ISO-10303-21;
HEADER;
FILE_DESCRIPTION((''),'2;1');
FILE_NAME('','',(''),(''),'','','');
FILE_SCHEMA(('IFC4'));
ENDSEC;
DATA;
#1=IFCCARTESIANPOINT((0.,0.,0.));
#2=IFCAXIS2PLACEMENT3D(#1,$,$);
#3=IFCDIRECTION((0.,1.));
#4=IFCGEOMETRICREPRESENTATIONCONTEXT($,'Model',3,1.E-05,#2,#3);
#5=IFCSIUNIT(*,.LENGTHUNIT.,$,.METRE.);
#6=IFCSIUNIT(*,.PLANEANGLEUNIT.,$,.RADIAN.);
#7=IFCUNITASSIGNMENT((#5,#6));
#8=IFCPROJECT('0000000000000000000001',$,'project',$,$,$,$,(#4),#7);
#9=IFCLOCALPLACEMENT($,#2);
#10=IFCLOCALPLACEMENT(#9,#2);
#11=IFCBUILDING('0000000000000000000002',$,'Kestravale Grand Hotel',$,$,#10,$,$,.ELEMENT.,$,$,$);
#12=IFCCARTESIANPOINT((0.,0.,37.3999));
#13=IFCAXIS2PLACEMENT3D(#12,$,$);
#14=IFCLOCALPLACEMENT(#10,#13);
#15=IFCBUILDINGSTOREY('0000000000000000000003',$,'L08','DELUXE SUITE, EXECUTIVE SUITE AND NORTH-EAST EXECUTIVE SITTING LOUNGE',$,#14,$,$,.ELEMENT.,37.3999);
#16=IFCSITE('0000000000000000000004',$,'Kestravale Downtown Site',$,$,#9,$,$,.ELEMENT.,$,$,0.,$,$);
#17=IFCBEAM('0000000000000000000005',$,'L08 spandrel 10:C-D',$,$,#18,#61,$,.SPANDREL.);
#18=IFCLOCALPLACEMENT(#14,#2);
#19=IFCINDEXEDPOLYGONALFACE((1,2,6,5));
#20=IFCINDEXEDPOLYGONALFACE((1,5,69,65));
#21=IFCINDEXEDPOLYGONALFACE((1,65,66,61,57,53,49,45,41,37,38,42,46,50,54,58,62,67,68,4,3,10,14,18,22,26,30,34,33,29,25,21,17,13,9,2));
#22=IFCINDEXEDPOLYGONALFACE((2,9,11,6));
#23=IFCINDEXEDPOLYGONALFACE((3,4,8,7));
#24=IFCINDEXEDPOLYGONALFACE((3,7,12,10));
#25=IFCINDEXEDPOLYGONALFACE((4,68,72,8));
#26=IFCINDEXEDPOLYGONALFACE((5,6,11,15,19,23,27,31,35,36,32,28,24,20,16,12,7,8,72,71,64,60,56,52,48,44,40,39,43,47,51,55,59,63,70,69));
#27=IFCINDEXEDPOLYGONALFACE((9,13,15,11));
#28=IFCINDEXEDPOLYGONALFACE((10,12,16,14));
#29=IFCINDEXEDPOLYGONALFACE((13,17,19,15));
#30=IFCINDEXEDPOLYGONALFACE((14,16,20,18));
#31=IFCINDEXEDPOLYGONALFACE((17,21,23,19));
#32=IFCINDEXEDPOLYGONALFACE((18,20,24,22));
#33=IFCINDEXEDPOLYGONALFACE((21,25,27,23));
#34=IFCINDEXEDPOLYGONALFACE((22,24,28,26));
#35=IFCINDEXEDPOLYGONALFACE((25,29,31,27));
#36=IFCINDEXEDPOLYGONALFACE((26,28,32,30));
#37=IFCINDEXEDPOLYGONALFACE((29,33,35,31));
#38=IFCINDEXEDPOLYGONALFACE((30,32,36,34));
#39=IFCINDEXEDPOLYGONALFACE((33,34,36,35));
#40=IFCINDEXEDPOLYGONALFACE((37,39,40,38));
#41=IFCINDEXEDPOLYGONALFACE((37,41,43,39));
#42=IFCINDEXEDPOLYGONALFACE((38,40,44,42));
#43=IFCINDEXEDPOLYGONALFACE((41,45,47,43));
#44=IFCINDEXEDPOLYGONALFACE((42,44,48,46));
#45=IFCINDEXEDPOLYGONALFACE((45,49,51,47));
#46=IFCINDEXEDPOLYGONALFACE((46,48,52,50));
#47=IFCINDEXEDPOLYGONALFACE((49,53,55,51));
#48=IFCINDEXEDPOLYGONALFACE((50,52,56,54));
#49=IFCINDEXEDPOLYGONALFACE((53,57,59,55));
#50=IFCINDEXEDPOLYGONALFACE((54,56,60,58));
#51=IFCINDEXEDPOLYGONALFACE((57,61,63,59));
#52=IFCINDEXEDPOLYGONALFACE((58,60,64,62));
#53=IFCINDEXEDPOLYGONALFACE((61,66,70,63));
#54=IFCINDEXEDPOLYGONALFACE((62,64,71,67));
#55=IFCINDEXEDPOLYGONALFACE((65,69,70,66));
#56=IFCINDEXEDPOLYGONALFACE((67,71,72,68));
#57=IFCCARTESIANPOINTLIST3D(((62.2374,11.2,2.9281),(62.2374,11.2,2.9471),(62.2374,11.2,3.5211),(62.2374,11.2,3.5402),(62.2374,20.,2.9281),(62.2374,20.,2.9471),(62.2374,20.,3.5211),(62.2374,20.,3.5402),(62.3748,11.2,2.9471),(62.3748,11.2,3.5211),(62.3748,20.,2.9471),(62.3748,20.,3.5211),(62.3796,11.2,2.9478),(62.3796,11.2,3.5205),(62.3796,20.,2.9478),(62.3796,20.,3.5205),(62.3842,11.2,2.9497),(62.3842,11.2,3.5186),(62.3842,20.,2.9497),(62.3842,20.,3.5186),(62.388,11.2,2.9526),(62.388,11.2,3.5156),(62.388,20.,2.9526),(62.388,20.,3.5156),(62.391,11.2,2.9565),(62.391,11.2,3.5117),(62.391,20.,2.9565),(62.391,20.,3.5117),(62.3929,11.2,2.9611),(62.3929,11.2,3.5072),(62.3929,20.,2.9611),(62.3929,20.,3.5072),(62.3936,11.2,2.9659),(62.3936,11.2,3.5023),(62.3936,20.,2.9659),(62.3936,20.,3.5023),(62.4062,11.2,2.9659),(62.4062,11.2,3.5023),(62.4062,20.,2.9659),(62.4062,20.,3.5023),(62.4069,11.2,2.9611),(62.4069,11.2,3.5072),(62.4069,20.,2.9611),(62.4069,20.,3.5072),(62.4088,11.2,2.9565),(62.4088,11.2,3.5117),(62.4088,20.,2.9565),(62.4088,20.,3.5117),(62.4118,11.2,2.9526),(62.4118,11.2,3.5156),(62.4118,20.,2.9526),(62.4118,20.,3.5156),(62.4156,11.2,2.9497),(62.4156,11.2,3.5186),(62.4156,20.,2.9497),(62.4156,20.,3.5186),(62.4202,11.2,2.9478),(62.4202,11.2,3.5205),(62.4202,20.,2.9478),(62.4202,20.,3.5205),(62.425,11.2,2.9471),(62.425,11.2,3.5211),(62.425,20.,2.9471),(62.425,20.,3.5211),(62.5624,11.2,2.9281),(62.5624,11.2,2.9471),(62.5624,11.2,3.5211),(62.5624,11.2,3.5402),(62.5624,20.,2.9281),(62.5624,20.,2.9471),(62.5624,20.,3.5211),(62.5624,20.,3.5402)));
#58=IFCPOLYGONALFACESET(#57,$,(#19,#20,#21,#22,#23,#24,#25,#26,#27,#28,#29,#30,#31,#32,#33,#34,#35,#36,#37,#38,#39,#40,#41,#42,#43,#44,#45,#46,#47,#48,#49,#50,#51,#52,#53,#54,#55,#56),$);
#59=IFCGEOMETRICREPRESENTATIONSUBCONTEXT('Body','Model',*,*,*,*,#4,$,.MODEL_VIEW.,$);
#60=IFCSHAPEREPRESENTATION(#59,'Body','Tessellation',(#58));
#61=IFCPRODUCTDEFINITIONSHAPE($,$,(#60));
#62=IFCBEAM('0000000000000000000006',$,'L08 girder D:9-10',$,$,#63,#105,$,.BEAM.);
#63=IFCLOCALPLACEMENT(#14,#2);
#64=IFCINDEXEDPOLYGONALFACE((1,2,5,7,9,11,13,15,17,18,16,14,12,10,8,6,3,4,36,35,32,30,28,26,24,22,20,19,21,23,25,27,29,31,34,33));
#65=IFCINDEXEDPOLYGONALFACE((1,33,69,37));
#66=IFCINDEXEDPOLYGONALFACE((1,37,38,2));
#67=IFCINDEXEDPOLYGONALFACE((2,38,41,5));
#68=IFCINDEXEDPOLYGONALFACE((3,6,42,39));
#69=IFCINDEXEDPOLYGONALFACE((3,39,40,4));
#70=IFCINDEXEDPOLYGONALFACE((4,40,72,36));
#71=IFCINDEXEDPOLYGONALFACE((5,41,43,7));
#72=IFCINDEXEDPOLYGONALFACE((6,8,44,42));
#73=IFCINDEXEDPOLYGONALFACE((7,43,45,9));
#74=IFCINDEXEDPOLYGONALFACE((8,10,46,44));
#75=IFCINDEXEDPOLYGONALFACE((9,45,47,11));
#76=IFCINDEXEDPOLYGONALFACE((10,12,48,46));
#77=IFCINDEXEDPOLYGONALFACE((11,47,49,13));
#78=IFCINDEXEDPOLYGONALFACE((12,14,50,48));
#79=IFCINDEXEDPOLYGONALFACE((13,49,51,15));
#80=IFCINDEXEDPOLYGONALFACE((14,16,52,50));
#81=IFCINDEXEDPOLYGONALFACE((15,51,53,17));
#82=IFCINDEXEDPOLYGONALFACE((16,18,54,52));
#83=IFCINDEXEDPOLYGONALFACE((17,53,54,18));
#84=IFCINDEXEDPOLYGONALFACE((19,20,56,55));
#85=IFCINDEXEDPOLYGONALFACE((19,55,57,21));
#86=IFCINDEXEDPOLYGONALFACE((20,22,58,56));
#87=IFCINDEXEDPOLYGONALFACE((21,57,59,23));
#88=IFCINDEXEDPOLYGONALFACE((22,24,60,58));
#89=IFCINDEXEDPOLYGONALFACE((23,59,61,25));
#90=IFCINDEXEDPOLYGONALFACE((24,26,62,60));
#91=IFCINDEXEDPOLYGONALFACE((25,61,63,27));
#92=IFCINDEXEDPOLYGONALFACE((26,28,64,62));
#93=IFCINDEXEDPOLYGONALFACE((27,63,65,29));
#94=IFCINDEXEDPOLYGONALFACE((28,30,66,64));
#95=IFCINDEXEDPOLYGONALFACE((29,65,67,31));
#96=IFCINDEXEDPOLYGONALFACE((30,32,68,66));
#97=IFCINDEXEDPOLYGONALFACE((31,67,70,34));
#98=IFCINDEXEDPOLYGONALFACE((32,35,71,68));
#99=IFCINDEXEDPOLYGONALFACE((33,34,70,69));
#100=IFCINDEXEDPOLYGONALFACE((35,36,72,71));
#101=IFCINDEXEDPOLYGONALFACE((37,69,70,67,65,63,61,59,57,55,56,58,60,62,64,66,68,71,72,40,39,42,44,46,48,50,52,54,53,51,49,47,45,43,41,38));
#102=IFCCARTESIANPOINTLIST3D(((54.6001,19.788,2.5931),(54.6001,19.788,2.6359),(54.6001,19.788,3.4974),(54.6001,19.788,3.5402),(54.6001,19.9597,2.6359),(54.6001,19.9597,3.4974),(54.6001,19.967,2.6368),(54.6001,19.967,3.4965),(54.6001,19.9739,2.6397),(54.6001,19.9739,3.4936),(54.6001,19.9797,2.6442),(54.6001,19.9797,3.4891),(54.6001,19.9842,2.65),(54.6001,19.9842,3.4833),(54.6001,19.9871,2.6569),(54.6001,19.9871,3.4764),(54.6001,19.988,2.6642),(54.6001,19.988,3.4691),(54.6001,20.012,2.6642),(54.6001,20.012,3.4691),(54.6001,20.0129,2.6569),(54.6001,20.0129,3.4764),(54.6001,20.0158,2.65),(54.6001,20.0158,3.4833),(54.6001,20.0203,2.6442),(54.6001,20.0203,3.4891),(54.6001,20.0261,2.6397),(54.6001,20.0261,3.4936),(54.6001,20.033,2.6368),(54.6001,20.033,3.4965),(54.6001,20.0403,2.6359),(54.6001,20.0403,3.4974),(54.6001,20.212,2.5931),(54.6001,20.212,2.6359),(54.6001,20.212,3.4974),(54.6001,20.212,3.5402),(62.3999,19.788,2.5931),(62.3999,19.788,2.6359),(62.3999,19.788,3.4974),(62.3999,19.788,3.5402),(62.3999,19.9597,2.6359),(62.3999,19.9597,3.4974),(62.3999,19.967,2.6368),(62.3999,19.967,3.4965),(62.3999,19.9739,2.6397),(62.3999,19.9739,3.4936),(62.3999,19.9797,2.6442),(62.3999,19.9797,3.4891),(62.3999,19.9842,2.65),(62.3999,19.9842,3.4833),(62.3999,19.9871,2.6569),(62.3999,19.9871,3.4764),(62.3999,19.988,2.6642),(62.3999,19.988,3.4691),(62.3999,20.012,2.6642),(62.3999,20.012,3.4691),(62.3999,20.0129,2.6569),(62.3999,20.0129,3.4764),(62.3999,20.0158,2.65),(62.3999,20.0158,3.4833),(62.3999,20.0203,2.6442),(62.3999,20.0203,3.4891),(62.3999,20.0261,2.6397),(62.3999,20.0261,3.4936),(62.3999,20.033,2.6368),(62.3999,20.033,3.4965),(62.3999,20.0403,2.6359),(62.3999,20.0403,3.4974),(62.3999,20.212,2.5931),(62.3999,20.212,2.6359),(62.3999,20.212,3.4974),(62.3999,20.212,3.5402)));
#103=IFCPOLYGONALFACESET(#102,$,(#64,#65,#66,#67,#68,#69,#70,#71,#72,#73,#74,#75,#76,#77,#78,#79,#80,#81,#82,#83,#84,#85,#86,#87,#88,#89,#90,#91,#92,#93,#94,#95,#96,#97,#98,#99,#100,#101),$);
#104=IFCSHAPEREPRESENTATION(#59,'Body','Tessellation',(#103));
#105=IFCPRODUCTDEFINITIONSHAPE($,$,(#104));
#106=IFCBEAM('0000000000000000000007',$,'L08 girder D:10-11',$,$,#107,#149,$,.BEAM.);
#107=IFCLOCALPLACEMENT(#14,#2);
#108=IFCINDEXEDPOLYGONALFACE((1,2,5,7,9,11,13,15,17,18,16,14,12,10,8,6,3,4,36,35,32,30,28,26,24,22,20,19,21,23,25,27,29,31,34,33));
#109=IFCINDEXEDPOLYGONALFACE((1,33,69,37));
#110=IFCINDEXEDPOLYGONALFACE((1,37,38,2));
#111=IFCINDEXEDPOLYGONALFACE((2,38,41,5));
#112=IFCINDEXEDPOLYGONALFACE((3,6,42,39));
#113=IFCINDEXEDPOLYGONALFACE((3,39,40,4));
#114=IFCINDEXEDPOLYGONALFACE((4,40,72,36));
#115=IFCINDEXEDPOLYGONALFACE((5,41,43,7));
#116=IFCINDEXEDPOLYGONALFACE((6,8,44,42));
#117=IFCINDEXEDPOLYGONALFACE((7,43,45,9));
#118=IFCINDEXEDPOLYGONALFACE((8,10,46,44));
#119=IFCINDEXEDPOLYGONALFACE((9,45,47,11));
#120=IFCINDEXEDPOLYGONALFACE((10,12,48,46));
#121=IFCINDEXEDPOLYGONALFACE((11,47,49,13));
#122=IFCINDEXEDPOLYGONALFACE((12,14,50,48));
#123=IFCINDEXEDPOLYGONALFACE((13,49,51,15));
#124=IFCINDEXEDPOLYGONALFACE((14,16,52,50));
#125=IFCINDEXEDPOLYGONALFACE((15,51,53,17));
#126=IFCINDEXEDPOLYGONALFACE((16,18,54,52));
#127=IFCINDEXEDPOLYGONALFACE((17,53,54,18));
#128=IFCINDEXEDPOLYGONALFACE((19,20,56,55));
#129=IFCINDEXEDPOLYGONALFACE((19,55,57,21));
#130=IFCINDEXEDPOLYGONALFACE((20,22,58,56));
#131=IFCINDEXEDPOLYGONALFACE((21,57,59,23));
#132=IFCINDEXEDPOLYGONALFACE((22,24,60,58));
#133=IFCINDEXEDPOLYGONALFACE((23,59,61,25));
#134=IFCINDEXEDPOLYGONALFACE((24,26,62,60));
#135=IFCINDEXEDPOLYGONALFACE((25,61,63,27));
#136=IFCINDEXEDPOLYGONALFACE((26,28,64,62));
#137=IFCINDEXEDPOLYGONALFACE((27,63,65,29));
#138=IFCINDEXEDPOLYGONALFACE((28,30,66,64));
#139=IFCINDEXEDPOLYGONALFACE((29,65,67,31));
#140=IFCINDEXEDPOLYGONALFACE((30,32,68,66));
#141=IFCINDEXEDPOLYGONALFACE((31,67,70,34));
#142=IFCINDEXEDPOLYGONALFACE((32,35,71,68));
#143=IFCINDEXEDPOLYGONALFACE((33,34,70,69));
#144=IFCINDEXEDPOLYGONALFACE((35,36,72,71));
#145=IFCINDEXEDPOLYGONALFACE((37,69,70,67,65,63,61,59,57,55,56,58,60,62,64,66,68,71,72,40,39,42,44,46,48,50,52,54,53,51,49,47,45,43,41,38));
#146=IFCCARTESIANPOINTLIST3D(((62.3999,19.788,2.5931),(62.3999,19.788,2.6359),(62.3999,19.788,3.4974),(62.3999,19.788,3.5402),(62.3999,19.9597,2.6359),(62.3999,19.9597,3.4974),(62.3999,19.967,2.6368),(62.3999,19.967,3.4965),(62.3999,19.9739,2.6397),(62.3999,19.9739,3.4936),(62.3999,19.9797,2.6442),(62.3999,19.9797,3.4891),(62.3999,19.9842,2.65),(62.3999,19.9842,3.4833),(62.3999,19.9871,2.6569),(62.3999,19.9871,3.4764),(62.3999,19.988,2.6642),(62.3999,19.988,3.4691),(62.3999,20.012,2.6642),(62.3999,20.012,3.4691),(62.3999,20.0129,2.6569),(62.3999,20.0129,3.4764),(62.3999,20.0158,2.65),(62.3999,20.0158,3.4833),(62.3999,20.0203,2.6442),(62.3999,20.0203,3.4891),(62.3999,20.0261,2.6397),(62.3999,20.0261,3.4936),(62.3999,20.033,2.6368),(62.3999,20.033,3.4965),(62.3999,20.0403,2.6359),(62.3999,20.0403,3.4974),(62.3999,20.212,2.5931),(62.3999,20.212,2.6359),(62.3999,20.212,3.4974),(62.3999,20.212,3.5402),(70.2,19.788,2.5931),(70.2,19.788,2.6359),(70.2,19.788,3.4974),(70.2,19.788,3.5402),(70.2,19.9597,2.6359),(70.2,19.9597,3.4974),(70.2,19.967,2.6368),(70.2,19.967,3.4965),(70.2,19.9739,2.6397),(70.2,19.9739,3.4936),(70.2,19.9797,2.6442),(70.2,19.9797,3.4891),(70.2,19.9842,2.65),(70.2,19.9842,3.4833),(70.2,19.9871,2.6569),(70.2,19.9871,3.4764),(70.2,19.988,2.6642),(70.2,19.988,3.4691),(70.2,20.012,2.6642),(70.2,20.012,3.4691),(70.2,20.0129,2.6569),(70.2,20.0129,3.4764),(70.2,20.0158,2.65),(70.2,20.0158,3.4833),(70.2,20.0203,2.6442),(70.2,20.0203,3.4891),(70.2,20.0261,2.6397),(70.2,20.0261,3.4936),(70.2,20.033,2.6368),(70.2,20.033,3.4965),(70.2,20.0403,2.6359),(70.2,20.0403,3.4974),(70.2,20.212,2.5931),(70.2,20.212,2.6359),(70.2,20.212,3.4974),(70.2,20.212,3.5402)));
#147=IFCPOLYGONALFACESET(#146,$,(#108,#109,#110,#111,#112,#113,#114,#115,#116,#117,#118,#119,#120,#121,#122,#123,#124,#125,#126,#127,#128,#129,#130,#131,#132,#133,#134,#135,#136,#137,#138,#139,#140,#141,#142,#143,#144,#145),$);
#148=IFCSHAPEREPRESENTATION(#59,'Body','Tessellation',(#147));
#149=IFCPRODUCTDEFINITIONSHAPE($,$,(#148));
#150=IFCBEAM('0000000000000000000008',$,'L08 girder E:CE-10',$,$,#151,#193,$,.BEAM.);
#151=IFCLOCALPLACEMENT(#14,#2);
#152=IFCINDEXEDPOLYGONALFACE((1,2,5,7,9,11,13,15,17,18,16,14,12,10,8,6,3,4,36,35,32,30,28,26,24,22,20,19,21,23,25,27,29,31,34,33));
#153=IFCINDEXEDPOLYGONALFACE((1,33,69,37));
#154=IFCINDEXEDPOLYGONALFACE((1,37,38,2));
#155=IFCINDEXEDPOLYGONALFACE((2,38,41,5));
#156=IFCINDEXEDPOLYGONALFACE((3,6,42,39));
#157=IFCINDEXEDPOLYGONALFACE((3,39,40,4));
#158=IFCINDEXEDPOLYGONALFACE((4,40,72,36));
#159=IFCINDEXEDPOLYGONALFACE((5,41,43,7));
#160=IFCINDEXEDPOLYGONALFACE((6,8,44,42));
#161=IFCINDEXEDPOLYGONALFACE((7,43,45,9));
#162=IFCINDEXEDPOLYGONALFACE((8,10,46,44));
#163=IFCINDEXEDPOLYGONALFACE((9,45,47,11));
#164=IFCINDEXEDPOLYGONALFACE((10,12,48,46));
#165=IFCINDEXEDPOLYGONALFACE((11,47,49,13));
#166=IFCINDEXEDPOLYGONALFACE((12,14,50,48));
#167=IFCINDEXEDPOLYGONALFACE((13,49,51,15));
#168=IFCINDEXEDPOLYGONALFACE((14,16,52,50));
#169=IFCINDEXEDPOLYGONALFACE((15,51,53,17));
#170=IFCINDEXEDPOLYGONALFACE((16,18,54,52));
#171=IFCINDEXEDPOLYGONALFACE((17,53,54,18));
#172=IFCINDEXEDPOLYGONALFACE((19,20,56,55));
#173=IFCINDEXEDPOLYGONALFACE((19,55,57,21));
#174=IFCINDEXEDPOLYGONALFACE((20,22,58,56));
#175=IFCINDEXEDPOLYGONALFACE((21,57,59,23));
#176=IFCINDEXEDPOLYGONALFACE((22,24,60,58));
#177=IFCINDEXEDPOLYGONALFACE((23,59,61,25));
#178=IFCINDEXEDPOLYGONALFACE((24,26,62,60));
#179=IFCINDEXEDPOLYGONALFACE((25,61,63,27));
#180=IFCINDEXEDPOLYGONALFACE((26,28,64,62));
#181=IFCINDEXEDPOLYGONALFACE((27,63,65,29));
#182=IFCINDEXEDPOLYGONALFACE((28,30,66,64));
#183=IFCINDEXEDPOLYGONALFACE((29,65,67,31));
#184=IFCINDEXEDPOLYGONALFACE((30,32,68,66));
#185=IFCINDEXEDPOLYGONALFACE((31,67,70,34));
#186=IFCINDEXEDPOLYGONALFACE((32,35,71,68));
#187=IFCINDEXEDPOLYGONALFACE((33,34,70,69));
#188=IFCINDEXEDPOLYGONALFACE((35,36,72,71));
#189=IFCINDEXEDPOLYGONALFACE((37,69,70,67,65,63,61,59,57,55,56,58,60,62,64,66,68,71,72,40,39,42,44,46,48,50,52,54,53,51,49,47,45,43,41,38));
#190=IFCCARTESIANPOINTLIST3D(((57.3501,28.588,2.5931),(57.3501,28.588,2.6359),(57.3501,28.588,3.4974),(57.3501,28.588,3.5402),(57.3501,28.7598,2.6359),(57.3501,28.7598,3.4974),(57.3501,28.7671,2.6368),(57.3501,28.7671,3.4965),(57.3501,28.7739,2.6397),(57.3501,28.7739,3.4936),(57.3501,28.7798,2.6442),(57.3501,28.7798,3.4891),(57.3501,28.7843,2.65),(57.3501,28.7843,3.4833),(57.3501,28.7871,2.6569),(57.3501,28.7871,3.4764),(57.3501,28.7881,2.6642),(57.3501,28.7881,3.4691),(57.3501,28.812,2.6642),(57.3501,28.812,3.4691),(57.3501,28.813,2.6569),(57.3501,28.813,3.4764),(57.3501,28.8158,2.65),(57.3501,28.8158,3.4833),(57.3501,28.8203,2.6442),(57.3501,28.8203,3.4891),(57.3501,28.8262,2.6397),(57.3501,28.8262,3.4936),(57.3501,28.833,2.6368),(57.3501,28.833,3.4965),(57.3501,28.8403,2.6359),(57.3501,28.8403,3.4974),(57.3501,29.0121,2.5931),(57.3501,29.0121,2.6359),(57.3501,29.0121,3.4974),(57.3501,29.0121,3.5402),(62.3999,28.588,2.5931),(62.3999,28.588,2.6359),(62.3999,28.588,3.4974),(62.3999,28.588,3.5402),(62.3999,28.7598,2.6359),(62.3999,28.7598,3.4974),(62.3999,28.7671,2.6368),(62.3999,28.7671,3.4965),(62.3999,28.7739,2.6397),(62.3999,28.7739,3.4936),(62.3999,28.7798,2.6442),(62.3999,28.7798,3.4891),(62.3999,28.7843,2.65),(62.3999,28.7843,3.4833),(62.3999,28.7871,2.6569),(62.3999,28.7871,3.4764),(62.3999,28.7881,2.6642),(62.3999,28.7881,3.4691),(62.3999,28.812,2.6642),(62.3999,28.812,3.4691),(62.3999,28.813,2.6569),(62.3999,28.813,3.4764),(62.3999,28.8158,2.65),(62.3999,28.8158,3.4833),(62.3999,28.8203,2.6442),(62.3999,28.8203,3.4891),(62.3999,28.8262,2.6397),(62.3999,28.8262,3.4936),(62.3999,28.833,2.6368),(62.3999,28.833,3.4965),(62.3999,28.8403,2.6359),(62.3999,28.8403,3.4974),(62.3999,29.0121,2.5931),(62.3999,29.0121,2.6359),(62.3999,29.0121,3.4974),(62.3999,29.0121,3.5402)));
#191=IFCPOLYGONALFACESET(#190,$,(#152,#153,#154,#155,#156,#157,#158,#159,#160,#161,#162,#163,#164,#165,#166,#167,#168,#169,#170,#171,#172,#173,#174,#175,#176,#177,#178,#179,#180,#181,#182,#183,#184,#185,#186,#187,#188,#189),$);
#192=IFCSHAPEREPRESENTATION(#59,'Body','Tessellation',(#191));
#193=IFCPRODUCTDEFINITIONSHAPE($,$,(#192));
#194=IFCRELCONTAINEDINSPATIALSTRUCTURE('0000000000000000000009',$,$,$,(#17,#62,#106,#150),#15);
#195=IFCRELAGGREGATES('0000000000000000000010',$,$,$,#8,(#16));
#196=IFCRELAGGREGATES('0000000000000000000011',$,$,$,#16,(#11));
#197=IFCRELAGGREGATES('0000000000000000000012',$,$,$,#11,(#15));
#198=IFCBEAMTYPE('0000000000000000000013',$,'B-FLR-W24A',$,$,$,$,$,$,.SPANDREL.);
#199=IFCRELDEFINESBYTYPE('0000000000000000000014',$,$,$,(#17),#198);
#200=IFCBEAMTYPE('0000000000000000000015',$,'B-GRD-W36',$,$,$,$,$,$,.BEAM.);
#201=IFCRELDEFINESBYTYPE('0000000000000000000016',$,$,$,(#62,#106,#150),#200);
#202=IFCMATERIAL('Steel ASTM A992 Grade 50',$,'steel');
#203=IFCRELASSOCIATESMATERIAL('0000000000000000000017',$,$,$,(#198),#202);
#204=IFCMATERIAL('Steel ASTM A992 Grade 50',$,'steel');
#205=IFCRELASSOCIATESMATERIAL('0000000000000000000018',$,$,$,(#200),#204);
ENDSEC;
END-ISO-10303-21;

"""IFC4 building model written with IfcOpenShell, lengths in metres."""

from ifc_helpers import new_model, si_unit, direction, frame, origin, origin_2d, place, context, subcontext, project, spatial, i_section, extrude, material, material_profile, profile_set, type_object, element, save


model = new_model("IFC4")

# Units and contexts
model_context = context("Model", 3, precision=1e-05, world=origin(), true_north=direction((0.0, 1.0)))
body_context = subcontext(model_context, "Body", "Model", "MODEL_VIEW")
ifc_project = project(units=[si_unit("LENGTHUNIT", "METRE"), si_unit("PLANEANGLEUNIT", "RADIAN")], contexts=[model_context])

# Site, building, storey
site_placement = place(None, origin())
site = spatial("IfcSite", under=ifc_project, at=site_placement, Name="Kestravale Downtown Site", CompositionType="ELEMENT", RefElevation=0.0)
building_placement = place(site_placement, origin())
building = spatial("IfcBuilding", under=site, at=building_placement, Name="Kestravale Grand Hotel", CompositionType="ELEMENT")
storey_placement = place(building_placement, frame((0.0, 0.0, 37.3999)))
storey = spatial("IfcBuildingStorey", under=building, at=storey_placement, Name="L08", Description="DELUXE SUITE, EXECUTIVE SUITE AND NORTH-EAST EXECUTIVE SITTING LOUNGE", CompositionType="ELEMENT", Elevation=37.3999)

# Beams
ifc_material_1 = material(Name="Steel ASTM A992 Grade 50", Category="steel")
ifc_material_profile_1 = material_profile(ifc_material_1, i_section(OverallWidth=0.325, OverallDepth=0.6121, WebThickness=0.0127, FlangeThickness=0.019, FilletRadius=0.0188, at=origin_2d()))
ifc_profile_set_1 = profile_set([ifc_material_profile_1], Name="Steel ASTM A992 Grade 50")
beam_type_1 = type_object("IfcBeamType", Name="B-FLR-W24A", PredefinedType="SPANDREL", material=ifc_profile_set_1)
beam_1_placement = place(storey_placement, frame((62.3999, 11.2, 3.2341), z_axis=(0.0, 1.0, 0.0), x_axis=(-1.0, 0.0, 0.0)))
element("IfcBeam", 1, at=beam_1_placement, inside=storey, type_object=beam_type_1, Name="L08 spandrel 10:C-D", PredefinedType="SPANDREL", context=body_context, shape_type="SweptSolid", body=[
    extrude(i_section(OverallWidth=0.325, OverallDepth=0.6121, WebThickness=0.0127, FlangeThickness=0.019, FilletRadius=0.0188, at=origin_2d()), origin(), (0.0, 0.0, 1.0), 8.8),
])
ifc_material_2 = material(Name="Steel ASTM A992 Grade 50", Category="steel")
ifc_material_profile_2 = material_profile(ifc_material_2, i_section(OverallWidth=0.4241, OverallDepth=0.947, WebThickness=0.0239, FlangeThickness=0.0427, FilletRadius=0.0283, at=origin_2d()))
ifc_profile_set_2 = profile_set([ifc_material_profile_2], Name="Steel ASTM A992 Grade 50")
beam_type_2 = type_object("IfcBeamType", Name="B-GRD-W36", PredefinedType="BEAM", material=ifc_profile_set_2)
beam_2_placement = place(storey_placement, frame((54.6001, 20.0, 3.0667), z_axis=(1.0, 0.0, 0.0), x_axis=(0.0, 1.0, 0.0)))
element("IfcBeam", 2, at=beam_2_placement, inside=storey, type_object=beam_type_2, Name="L08 girder D:9-10", PredefinedType="BEAM", context=body_context, shape_type="SweptSolid", body=[
    extrude(i_section(OverallWidth=0.4241, OverallDepth=0.947, WebThickness=0.0239, FlangeThickness=0.0427, FilletRadius=0.0283, at=origin_2d()), origin(), (0.0, 0.0, 1.0), 7.7998),
])
beam_3_placement = place(storey_placement, frame((62.3999, 20.0, 3.0667), z_axis=(1.0, 0.0, 0.0), x_axis=(0.0, 1.0, 0.0)))
element("IfcBeam", 3, at=beam_3_placement, inside=storey, type_object=beam_type_2, Name="L08 girder D:10-11", PredefinedType="BEAM", context=body_context, shape_type="SweptSolid", body=[
    extrude(i_section(OverallWidth=0.4241, OverallDepth=0.947, WebThickness=0.0239, FlangeThickness=0.0427, FilletRadius=0.0283, at=origin_2d()), origin(), (0.0, 0.0, 1.0), 7.8),
])
beam_4_placement = place(storey_placement, frame((57.3501, 28.8, 3.0667), z_axis=(1.0, 0.0, 0.0), x_axis=(0.0, 1.0, 0.0)))
element("IfcBeam", 4, at=beam_4_placement, inside=storey, type_object=beam_type_2, Name="L08 girder E:CE-10", PredefinedType="BEAM", context=body_context, shape_type="SweptSolid", body=[
    extrude(i_section(OverallWidth=0.4241, OverallDepth=0.947, WebThickness=0.0239, FlangeThickness=0.0427, FilletRadius=0.0283, at=origin_2d()), origin(), (0.0, 0.0, 1.0), 5.0498),
])

save(model, "model.ifc")
